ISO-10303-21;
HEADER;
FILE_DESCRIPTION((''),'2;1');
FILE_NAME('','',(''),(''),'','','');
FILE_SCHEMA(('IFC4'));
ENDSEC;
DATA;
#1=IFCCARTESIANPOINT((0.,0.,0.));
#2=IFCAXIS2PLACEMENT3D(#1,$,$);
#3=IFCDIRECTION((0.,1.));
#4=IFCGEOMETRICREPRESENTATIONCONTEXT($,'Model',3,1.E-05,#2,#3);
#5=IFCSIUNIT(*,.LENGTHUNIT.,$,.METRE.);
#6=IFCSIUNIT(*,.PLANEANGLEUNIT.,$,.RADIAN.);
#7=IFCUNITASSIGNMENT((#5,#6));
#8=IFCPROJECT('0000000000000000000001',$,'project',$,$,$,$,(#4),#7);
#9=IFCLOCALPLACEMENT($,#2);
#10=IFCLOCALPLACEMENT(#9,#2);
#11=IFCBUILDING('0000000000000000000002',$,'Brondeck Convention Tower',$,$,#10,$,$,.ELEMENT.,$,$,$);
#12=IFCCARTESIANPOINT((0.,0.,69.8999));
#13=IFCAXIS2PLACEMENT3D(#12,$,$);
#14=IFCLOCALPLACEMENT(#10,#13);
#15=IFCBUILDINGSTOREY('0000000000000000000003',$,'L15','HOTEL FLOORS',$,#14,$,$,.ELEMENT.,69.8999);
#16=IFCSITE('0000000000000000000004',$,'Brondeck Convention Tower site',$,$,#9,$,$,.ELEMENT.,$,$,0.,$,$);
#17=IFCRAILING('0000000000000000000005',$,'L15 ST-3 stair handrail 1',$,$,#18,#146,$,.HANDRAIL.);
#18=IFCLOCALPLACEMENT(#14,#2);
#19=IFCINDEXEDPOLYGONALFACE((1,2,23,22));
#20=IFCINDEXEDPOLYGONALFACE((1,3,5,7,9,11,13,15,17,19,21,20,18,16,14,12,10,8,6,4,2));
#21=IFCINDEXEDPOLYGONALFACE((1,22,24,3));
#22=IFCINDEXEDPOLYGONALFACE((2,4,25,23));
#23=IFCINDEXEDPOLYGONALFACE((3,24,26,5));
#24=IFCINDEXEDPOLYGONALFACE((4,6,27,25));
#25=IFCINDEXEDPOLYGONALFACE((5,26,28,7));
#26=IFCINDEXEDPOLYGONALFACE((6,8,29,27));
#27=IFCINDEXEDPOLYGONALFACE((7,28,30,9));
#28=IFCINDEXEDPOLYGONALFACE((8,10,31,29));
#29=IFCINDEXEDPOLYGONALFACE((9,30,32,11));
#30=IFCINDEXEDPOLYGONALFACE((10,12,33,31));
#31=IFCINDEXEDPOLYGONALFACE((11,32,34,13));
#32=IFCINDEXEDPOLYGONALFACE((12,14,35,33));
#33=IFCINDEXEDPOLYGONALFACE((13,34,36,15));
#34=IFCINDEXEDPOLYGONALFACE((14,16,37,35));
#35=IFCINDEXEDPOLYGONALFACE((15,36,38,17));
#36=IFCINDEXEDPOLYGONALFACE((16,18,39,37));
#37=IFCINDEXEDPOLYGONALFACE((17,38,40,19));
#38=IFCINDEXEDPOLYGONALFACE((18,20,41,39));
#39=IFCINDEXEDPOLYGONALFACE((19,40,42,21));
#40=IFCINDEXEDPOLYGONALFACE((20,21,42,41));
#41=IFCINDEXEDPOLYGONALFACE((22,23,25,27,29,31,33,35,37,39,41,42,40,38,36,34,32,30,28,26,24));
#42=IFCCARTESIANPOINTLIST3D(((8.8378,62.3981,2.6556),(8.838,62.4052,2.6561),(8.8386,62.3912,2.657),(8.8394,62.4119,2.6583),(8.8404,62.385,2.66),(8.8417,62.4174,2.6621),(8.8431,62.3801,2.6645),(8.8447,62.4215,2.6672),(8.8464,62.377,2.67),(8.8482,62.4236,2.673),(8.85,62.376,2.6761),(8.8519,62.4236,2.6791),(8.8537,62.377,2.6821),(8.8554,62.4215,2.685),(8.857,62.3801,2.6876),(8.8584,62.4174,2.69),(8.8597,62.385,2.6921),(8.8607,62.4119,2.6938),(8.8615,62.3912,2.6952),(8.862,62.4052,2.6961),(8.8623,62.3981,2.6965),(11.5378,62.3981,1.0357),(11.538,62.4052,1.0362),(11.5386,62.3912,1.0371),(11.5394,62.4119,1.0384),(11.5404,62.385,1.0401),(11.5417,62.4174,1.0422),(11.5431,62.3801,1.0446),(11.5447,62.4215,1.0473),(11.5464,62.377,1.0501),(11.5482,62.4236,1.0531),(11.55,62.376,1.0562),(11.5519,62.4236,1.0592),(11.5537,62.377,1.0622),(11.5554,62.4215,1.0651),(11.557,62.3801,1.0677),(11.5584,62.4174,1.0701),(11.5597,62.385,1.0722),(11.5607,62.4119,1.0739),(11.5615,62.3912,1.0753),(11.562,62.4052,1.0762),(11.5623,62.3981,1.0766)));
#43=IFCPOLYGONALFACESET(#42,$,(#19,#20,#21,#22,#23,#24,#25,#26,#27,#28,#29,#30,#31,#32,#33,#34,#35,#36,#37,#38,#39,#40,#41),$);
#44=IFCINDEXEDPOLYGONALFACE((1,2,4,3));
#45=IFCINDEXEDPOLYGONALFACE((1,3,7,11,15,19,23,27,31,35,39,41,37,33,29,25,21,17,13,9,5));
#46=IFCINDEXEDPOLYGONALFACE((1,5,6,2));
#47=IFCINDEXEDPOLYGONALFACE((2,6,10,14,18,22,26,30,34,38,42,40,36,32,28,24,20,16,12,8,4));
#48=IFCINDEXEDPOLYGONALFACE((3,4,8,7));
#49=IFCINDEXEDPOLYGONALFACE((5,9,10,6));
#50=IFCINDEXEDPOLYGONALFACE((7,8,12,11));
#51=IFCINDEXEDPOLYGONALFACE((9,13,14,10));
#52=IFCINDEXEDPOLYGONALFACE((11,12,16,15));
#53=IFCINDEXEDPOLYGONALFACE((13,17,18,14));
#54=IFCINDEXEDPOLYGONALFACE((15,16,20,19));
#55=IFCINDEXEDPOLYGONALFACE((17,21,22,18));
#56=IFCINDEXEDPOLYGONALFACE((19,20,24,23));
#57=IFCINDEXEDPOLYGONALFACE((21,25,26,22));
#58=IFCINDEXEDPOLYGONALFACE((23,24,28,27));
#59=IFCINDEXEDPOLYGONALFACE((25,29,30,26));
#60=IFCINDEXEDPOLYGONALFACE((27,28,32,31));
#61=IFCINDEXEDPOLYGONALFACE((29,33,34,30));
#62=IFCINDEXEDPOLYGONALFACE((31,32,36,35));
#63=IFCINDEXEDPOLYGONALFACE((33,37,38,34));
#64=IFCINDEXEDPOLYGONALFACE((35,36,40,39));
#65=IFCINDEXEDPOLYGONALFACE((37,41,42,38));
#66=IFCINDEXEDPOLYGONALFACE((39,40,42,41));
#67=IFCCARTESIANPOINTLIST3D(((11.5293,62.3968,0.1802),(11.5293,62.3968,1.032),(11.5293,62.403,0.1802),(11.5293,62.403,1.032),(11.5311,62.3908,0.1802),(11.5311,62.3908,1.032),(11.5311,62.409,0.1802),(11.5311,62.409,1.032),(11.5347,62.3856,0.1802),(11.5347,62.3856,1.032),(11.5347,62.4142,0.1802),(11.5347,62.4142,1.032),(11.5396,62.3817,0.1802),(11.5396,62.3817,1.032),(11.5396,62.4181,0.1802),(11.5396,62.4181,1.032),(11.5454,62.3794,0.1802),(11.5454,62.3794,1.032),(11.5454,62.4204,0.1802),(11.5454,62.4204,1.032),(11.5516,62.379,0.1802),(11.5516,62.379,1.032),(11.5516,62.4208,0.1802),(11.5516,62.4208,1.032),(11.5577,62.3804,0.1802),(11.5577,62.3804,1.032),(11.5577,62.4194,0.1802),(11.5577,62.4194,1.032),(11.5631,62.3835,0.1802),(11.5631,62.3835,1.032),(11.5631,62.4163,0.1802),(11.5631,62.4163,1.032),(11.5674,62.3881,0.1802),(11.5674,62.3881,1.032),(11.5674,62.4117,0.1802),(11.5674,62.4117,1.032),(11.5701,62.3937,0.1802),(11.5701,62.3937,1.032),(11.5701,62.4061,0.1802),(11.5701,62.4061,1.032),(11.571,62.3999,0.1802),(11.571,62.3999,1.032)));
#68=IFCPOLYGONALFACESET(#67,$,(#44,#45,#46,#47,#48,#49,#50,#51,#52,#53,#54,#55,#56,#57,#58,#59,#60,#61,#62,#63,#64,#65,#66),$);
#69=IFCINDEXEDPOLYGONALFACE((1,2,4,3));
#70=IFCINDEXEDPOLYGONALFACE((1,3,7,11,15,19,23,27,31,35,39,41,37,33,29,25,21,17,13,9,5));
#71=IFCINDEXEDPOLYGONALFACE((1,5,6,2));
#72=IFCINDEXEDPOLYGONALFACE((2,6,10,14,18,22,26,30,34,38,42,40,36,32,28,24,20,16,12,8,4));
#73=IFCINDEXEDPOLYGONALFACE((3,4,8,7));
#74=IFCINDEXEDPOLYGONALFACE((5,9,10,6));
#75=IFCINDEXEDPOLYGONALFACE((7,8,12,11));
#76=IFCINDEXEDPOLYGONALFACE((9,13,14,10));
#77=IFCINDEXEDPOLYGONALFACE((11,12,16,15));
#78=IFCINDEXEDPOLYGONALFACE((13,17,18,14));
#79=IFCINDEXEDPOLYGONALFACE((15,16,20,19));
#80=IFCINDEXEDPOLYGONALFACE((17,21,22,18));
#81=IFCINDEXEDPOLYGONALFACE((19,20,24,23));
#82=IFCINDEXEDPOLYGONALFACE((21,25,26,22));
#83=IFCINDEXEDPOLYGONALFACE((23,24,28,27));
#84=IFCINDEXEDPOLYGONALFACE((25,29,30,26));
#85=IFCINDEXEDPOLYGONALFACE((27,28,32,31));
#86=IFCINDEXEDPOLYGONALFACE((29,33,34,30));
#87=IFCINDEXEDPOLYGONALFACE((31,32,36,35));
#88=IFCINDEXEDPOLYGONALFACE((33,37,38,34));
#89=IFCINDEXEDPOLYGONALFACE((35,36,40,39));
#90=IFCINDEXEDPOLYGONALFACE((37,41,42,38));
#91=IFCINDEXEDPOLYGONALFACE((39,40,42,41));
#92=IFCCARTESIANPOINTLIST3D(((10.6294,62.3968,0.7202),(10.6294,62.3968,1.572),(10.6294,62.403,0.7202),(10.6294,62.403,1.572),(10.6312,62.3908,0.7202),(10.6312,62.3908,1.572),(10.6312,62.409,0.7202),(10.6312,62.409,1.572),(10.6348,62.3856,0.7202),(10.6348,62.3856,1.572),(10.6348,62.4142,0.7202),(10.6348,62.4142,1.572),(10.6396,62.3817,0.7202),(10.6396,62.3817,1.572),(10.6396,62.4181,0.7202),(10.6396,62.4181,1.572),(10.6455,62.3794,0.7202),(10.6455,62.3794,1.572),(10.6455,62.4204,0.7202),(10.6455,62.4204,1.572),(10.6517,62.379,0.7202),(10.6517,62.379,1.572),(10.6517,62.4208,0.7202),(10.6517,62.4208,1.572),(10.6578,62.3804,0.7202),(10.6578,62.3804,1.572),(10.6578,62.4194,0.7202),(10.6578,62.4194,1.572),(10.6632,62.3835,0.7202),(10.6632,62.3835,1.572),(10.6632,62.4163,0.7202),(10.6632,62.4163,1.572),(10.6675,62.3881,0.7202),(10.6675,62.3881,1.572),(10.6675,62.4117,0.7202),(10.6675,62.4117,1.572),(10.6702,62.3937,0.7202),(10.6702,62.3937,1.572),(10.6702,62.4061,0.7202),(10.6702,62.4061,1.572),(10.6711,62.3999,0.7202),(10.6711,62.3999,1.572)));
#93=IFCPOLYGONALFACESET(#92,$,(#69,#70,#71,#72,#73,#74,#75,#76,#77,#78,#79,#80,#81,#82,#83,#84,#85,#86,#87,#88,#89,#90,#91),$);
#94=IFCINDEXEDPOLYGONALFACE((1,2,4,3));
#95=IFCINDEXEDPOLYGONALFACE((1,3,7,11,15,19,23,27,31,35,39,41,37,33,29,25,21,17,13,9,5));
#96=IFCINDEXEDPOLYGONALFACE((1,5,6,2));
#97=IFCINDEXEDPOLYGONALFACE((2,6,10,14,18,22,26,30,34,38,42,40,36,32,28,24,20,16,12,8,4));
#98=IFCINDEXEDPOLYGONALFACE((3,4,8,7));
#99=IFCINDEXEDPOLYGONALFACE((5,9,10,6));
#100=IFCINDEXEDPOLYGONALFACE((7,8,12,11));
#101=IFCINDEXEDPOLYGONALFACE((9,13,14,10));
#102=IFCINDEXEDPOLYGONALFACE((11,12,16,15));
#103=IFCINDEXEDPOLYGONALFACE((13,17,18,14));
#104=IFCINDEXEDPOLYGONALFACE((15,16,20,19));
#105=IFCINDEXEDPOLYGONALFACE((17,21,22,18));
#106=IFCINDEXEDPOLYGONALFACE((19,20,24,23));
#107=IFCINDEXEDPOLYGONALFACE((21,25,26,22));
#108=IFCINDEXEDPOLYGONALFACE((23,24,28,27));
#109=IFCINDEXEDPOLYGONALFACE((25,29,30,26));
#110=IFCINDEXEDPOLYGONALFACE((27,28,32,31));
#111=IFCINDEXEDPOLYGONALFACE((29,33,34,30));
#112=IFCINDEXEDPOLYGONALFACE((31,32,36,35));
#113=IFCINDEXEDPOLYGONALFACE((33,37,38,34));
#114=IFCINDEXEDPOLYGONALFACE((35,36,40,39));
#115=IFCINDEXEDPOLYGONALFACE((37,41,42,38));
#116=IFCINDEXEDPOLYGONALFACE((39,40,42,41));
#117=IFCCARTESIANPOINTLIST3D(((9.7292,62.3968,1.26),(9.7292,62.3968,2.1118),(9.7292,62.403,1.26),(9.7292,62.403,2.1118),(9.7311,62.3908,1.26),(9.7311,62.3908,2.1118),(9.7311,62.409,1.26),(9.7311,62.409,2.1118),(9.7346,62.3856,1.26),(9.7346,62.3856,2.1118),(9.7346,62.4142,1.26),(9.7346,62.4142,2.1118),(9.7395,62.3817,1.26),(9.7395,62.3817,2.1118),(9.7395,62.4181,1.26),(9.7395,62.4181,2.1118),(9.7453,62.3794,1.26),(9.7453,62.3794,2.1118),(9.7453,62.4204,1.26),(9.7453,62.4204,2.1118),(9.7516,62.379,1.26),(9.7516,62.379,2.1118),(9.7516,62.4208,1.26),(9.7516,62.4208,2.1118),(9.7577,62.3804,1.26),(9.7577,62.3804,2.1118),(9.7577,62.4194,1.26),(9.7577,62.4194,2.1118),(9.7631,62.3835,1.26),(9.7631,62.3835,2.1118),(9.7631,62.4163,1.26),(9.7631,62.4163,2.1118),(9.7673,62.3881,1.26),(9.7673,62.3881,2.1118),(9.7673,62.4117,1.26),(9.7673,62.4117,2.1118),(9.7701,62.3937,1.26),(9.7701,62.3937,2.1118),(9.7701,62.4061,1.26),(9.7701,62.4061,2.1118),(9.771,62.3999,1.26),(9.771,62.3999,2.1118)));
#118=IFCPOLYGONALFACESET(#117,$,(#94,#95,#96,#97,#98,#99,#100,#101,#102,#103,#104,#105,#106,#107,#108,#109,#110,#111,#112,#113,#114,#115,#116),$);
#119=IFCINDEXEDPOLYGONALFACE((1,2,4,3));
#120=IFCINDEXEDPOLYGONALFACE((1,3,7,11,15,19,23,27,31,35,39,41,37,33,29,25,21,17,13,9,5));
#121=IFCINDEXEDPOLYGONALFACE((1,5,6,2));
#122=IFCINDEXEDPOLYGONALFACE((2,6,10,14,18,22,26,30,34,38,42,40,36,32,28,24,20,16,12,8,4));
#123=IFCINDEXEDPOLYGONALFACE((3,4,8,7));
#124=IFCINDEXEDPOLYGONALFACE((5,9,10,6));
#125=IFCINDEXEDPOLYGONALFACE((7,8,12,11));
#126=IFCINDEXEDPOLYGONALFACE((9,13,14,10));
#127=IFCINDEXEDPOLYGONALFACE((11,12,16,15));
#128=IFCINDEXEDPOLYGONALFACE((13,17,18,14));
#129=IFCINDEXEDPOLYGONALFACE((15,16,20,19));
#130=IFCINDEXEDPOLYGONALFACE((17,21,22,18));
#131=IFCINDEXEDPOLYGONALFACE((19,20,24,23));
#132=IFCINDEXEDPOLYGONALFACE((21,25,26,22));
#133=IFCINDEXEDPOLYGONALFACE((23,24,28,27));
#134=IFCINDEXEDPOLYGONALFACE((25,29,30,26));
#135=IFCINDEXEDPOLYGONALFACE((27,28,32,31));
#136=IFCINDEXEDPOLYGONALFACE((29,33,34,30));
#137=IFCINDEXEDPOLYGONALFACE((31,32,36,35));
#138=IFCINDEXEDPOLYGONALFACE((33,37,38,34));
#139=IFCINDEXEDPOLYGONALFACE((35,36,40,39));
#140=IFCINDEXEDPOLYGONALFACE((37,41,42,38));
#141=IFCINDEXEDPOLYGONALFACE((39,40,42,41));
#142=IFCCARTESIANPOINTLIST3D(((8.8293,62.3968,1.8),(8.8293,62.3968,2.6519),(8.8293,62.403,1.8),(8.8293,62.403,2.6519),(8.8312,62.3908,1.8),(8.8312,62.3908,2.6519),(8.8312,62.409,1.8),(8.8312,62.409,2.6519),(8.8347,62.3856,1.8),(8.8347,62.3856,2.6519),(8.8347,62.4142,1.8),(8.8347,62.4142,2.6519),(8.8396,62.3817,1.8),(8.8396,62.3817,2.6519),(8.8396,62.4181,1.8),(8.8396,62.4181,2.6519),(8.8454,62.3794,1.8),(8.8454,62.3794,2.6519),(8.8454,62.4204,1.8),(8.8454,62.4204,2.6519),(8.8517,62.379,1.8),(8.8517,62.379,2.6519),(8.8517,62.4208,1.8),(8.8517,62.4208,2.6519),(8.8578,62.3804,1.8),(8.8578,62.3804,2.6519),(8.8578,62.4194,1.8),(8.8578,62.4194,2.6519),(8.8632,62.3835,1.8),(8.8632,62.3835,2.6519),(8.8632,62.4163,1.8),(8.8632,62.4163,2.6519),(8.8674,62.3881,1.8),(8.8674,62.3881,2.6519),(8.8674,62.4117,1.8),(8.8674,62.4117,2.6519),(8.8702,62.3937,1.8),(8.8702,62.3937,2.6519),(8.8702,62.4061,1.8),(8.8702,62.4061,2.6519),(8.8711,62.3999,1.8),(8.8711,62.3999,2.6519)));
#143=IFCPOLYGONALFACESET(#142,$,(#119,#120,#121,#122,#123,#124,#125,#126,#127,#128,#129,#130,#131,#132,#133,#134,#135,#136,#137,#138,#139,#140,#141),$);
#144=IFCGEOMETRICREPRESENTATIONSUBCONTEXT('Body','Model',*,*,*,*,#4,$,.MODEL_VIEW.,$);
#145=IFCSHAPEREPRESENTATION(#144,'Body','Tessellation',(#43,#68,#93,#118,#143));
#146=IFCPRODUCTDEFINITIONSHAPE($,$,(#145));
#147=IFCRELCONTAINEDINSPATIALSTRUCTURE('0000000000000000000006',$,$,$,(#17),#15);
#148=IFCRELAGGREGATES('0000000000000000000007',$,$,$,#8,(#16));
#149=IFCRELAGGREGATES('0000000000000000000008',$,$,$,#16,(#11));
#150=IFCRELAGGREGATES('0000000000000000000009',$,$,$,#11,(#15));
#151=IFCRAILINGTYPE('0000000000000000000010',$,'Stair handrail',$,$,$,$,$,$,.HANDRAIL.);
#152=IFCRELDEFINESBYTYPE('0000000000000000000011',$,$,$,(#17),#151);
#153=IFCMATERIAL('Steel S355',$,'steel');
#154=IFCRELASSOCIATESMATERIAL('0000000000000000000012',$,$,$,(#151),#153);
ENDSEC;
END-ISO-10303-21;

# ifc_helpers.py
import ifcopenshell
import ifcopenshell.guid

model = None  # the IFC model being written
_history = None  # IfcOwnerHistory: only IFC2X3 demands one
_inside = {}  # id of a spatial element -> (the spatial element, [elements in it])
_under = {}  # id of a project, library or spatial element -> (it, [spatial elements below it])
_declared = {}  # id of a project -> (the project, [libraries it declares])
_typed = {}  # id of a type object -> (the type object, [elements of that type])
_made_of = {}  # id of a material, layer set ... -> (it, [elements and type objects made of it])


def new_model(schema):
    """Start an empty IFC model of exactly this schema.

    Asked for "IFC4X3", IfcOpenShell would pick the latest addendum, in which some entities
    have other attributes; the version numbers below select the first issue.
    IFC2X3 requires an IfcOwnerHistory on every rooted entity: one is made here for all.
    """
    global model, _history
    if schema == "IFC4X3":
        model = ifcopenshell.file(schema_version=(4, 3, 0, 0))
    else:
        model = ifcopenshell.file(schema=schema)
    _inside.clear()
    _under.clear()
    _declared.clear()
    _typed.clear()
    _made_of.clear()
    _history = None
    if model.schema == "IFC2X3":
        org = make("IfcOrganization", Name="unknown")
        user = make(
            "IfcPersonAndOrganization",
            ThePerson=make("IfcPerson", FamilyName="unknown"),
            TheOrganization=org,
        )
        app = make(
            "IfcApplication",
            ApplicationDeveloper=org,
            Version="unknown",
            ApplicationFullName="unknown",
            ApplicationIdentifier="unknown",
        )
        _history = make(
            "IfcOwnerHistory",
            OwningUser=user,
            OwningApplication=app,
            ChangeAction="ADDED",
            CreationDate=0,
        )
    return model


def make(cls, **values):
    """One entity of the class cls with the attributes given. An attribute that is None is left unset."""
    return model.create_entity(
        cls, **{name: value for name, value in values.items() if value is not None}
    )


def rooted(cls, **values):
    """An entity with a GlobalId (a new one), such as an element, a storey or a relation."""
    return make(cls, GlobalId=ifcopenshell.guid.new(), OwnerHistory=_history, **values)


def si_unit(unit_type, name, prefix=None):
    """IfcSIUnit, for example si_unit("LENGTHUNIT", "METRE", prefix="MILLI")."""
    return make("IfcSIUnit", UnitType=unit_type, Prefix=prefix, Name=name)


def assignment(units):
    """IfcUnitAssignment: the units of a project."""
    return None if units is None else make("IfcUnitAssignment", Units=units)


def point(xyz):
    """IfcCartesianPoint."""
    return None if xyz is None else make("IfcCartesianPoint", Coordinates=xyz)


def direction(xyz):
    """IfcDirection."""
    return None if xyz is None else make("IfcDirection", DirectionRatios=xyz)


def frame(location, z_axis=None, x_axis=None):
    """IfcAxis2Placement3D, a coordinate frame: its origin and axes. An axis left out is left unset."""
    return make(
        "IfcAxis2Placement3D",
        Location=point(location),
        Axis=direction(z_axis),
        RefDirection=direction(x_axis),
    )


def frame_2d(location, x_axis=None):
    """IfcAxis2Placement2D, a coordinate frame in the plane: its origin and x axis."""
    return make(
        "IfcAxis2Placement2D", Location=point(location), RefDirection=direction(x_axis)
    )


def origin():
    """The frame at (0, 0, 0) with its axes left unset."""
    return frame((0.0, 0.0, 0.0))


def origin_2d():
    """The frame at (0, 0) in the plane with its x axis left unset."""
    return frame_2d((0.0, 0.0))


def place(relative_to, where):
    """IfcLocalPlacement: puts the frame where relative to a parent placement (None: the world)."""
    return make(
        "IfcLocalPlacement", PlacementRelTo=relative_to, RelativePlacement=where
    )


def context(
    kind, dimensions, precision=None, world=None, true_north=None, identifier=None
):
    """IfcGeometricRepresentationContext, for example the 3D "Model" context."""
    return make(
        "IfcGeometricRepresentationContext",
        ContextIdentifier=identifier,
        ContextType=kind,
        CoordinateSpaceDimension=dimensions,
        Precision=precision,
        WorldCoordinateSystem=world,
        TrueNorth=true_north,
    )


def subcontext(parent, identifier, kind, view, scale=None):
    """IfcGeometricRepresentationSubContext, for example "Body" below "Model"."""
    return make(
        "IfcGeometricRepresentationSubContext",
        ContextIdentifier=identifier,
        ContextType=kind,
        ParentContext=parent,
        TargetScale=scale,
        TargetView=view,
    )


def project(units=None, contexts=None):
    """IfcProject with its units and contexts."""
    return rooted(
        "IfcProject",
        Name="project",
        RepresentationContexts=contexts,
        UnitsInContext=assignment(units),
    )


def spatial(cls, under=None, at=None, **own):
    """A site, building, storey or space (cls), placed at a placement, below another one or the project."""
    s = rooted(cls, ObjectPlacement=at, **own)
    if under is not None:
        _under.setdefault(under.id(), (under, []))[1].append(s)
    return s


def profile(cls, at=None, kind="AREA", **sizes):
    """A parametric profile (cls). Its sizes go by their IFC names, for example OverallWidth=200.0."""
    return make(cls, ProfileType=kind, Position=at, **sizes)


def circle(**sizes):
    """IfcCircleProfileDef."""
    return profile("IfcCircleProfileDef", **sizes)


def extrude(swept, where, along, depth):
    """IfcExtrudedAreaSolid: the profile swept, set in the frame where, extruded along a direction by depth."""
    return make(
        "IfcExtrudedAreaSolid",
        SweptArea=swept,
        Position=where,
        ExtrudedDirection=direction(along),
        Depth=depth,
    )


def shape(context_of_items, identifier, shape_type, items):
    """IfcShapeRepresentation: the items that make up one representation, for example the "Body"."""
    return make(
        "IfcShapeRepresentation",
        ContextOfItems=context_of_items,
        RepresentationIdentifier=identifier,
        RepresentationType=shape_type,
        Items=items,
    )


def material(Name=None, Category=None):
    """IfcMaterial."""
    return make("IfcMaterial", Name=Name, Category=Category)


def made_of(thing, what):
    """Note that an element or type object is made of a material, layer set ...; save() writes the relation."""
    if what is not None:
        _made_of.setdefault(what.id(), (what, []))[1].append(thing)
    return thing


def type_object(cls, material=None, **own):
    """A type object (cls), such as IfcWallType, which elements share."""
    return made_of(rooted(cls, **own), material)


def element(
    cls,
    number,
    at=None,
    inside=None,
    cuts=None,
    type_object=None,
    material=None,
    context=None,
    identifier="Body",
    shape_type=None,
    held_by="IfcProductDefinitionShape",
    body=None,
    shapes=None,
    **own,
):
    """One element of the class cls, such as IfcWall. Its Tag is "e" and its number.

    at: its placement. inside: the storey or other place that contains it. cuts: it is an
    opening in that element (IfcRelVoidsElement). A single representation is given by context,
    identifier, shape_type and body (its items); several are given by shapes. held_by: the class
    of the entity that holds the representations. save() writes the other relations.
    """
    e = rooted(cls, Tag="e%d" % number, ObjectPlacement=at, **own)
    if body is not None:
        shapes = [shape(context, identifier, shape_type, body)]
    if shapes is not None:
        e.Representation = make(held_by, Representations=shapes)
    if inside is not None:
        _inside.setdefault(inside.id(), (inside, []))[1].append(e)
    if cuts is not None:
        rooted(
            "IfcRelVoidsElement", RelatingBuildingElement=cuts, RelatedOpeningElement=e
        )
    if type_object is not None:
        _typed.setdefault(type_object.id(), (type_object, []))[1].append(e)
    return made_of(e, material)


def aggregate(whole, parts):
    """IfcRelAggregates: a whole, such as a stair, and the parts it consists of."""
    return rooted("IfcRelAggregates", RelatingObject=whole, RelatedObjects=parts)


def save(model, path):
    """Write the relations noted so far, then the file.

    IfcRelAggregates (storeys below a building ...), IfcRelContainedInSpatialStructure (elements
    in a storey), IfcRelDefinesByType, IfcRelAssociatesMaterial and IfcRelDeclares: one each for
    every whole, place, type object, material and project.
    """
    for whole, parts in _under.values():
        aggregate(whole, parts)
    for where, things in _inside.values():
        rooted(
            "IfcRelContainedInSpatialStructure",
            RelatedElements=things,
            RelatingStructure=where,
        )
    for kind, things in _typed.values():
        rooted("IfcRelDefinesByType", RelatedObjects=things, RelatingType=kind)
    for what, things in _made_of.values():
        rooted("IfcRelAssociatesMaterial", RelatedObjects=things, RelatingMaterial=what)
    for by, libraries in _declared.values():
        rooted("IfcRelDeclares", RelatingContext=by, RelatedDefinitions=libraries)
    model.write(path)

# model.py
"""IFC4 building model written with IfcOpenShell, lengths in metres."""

from ifc_helpers import new_model, si_unit, direction, frame, origin, origin_2d, place, context, subcontext, project, spatial, circle, extrude, material, type_object, element, save


model = new_model("IFC4")

# Units and contexts
model_context = context("Model", 3, precision=1e-05, world=origin(), true_north=direction((0.0, 1.0)))
body_context = subcontext(model_context, "Body", "Model", "MODEL_VIEW")
ifc_project = project(units=[si_unit("LENGTHUNIT", "METRE"), si_unit("PLANEANGLEUNIT", "RADIAN")], contexts=[model_context])

# Site, building, storey
site_placement = place(None, origin())
site = spatial("IfcSite", under=ifc_project, at=site_placement, Name="Brondeck Convention Tower site", CompositionType="ELEMENT", RefElevation=0.0)
building_placement = place(site_placement, origin())
building = spatial("IfcBuilding", under=site, at=building_placement, Name="Brondeck Convention Tower", CompositionType="ELEMENT")
storey_placement = place(building_placement, frame((0.0, 0.0, 69.8999)))
storey = spatial("IfcBuildingStorey", under=building, at=storey_placement, Name="L15", Description="HOTEL FLOORS", CompositionType="ELEMENT", Elevation=69.8999)

# Railing
ifc_material_1 = material(Name="Steel S355", Category="steel")
railing_type_1 = type_object("IfcRailingType", Name="Stair handrail", PredefinedType="HANDRAIL", material=ifc_material_1)
railing_1_placement = place(storey_placement, frame((11.55, 62.3999, 0.1802)))
element("IfcRailing", 1, at=railing_1_placement, inside=storey, type_object=railing_type_1, Name="L15 ST-3 stair handrail 1", PredefinedType="HANDRAIL", context=body_context, shape_type="SweptSolid", body=[
    extrude(circle(Radius=0.0239, at=origin_2d()), frame((0.0, 0.0, 0.876), z_axis=(-0.857507, 0.0, 0.514473), x_axis=(0.0, -1.0, 0.0)), (0.0, 0.0, 1.0), 3.1487),
    extrude(circle(Radius=0.021, at=origin_2d()), origin(), (0.0, 0.0, 1.0), 0.8518),
    extrude(circle(Radius=0.021, at=origin_2d()), frame((-0.8999, 0.0, 0.54)), (0.0, 0.0, 1.0), 0.8518),
    extrude(circle(Radius=0.021, at=origin_2d()), frame((-1.8, 0.0, 1.0798)), (0.0, 0.0, 1.0), 0.8518),
    extrude(circle(Radius=0.021, at=origin_2d()), frame((-2.7, 0.0, 1.6199)), (0.0, 0.0, 1.0), 0.8518),
])

save(model, "model.ifc")
